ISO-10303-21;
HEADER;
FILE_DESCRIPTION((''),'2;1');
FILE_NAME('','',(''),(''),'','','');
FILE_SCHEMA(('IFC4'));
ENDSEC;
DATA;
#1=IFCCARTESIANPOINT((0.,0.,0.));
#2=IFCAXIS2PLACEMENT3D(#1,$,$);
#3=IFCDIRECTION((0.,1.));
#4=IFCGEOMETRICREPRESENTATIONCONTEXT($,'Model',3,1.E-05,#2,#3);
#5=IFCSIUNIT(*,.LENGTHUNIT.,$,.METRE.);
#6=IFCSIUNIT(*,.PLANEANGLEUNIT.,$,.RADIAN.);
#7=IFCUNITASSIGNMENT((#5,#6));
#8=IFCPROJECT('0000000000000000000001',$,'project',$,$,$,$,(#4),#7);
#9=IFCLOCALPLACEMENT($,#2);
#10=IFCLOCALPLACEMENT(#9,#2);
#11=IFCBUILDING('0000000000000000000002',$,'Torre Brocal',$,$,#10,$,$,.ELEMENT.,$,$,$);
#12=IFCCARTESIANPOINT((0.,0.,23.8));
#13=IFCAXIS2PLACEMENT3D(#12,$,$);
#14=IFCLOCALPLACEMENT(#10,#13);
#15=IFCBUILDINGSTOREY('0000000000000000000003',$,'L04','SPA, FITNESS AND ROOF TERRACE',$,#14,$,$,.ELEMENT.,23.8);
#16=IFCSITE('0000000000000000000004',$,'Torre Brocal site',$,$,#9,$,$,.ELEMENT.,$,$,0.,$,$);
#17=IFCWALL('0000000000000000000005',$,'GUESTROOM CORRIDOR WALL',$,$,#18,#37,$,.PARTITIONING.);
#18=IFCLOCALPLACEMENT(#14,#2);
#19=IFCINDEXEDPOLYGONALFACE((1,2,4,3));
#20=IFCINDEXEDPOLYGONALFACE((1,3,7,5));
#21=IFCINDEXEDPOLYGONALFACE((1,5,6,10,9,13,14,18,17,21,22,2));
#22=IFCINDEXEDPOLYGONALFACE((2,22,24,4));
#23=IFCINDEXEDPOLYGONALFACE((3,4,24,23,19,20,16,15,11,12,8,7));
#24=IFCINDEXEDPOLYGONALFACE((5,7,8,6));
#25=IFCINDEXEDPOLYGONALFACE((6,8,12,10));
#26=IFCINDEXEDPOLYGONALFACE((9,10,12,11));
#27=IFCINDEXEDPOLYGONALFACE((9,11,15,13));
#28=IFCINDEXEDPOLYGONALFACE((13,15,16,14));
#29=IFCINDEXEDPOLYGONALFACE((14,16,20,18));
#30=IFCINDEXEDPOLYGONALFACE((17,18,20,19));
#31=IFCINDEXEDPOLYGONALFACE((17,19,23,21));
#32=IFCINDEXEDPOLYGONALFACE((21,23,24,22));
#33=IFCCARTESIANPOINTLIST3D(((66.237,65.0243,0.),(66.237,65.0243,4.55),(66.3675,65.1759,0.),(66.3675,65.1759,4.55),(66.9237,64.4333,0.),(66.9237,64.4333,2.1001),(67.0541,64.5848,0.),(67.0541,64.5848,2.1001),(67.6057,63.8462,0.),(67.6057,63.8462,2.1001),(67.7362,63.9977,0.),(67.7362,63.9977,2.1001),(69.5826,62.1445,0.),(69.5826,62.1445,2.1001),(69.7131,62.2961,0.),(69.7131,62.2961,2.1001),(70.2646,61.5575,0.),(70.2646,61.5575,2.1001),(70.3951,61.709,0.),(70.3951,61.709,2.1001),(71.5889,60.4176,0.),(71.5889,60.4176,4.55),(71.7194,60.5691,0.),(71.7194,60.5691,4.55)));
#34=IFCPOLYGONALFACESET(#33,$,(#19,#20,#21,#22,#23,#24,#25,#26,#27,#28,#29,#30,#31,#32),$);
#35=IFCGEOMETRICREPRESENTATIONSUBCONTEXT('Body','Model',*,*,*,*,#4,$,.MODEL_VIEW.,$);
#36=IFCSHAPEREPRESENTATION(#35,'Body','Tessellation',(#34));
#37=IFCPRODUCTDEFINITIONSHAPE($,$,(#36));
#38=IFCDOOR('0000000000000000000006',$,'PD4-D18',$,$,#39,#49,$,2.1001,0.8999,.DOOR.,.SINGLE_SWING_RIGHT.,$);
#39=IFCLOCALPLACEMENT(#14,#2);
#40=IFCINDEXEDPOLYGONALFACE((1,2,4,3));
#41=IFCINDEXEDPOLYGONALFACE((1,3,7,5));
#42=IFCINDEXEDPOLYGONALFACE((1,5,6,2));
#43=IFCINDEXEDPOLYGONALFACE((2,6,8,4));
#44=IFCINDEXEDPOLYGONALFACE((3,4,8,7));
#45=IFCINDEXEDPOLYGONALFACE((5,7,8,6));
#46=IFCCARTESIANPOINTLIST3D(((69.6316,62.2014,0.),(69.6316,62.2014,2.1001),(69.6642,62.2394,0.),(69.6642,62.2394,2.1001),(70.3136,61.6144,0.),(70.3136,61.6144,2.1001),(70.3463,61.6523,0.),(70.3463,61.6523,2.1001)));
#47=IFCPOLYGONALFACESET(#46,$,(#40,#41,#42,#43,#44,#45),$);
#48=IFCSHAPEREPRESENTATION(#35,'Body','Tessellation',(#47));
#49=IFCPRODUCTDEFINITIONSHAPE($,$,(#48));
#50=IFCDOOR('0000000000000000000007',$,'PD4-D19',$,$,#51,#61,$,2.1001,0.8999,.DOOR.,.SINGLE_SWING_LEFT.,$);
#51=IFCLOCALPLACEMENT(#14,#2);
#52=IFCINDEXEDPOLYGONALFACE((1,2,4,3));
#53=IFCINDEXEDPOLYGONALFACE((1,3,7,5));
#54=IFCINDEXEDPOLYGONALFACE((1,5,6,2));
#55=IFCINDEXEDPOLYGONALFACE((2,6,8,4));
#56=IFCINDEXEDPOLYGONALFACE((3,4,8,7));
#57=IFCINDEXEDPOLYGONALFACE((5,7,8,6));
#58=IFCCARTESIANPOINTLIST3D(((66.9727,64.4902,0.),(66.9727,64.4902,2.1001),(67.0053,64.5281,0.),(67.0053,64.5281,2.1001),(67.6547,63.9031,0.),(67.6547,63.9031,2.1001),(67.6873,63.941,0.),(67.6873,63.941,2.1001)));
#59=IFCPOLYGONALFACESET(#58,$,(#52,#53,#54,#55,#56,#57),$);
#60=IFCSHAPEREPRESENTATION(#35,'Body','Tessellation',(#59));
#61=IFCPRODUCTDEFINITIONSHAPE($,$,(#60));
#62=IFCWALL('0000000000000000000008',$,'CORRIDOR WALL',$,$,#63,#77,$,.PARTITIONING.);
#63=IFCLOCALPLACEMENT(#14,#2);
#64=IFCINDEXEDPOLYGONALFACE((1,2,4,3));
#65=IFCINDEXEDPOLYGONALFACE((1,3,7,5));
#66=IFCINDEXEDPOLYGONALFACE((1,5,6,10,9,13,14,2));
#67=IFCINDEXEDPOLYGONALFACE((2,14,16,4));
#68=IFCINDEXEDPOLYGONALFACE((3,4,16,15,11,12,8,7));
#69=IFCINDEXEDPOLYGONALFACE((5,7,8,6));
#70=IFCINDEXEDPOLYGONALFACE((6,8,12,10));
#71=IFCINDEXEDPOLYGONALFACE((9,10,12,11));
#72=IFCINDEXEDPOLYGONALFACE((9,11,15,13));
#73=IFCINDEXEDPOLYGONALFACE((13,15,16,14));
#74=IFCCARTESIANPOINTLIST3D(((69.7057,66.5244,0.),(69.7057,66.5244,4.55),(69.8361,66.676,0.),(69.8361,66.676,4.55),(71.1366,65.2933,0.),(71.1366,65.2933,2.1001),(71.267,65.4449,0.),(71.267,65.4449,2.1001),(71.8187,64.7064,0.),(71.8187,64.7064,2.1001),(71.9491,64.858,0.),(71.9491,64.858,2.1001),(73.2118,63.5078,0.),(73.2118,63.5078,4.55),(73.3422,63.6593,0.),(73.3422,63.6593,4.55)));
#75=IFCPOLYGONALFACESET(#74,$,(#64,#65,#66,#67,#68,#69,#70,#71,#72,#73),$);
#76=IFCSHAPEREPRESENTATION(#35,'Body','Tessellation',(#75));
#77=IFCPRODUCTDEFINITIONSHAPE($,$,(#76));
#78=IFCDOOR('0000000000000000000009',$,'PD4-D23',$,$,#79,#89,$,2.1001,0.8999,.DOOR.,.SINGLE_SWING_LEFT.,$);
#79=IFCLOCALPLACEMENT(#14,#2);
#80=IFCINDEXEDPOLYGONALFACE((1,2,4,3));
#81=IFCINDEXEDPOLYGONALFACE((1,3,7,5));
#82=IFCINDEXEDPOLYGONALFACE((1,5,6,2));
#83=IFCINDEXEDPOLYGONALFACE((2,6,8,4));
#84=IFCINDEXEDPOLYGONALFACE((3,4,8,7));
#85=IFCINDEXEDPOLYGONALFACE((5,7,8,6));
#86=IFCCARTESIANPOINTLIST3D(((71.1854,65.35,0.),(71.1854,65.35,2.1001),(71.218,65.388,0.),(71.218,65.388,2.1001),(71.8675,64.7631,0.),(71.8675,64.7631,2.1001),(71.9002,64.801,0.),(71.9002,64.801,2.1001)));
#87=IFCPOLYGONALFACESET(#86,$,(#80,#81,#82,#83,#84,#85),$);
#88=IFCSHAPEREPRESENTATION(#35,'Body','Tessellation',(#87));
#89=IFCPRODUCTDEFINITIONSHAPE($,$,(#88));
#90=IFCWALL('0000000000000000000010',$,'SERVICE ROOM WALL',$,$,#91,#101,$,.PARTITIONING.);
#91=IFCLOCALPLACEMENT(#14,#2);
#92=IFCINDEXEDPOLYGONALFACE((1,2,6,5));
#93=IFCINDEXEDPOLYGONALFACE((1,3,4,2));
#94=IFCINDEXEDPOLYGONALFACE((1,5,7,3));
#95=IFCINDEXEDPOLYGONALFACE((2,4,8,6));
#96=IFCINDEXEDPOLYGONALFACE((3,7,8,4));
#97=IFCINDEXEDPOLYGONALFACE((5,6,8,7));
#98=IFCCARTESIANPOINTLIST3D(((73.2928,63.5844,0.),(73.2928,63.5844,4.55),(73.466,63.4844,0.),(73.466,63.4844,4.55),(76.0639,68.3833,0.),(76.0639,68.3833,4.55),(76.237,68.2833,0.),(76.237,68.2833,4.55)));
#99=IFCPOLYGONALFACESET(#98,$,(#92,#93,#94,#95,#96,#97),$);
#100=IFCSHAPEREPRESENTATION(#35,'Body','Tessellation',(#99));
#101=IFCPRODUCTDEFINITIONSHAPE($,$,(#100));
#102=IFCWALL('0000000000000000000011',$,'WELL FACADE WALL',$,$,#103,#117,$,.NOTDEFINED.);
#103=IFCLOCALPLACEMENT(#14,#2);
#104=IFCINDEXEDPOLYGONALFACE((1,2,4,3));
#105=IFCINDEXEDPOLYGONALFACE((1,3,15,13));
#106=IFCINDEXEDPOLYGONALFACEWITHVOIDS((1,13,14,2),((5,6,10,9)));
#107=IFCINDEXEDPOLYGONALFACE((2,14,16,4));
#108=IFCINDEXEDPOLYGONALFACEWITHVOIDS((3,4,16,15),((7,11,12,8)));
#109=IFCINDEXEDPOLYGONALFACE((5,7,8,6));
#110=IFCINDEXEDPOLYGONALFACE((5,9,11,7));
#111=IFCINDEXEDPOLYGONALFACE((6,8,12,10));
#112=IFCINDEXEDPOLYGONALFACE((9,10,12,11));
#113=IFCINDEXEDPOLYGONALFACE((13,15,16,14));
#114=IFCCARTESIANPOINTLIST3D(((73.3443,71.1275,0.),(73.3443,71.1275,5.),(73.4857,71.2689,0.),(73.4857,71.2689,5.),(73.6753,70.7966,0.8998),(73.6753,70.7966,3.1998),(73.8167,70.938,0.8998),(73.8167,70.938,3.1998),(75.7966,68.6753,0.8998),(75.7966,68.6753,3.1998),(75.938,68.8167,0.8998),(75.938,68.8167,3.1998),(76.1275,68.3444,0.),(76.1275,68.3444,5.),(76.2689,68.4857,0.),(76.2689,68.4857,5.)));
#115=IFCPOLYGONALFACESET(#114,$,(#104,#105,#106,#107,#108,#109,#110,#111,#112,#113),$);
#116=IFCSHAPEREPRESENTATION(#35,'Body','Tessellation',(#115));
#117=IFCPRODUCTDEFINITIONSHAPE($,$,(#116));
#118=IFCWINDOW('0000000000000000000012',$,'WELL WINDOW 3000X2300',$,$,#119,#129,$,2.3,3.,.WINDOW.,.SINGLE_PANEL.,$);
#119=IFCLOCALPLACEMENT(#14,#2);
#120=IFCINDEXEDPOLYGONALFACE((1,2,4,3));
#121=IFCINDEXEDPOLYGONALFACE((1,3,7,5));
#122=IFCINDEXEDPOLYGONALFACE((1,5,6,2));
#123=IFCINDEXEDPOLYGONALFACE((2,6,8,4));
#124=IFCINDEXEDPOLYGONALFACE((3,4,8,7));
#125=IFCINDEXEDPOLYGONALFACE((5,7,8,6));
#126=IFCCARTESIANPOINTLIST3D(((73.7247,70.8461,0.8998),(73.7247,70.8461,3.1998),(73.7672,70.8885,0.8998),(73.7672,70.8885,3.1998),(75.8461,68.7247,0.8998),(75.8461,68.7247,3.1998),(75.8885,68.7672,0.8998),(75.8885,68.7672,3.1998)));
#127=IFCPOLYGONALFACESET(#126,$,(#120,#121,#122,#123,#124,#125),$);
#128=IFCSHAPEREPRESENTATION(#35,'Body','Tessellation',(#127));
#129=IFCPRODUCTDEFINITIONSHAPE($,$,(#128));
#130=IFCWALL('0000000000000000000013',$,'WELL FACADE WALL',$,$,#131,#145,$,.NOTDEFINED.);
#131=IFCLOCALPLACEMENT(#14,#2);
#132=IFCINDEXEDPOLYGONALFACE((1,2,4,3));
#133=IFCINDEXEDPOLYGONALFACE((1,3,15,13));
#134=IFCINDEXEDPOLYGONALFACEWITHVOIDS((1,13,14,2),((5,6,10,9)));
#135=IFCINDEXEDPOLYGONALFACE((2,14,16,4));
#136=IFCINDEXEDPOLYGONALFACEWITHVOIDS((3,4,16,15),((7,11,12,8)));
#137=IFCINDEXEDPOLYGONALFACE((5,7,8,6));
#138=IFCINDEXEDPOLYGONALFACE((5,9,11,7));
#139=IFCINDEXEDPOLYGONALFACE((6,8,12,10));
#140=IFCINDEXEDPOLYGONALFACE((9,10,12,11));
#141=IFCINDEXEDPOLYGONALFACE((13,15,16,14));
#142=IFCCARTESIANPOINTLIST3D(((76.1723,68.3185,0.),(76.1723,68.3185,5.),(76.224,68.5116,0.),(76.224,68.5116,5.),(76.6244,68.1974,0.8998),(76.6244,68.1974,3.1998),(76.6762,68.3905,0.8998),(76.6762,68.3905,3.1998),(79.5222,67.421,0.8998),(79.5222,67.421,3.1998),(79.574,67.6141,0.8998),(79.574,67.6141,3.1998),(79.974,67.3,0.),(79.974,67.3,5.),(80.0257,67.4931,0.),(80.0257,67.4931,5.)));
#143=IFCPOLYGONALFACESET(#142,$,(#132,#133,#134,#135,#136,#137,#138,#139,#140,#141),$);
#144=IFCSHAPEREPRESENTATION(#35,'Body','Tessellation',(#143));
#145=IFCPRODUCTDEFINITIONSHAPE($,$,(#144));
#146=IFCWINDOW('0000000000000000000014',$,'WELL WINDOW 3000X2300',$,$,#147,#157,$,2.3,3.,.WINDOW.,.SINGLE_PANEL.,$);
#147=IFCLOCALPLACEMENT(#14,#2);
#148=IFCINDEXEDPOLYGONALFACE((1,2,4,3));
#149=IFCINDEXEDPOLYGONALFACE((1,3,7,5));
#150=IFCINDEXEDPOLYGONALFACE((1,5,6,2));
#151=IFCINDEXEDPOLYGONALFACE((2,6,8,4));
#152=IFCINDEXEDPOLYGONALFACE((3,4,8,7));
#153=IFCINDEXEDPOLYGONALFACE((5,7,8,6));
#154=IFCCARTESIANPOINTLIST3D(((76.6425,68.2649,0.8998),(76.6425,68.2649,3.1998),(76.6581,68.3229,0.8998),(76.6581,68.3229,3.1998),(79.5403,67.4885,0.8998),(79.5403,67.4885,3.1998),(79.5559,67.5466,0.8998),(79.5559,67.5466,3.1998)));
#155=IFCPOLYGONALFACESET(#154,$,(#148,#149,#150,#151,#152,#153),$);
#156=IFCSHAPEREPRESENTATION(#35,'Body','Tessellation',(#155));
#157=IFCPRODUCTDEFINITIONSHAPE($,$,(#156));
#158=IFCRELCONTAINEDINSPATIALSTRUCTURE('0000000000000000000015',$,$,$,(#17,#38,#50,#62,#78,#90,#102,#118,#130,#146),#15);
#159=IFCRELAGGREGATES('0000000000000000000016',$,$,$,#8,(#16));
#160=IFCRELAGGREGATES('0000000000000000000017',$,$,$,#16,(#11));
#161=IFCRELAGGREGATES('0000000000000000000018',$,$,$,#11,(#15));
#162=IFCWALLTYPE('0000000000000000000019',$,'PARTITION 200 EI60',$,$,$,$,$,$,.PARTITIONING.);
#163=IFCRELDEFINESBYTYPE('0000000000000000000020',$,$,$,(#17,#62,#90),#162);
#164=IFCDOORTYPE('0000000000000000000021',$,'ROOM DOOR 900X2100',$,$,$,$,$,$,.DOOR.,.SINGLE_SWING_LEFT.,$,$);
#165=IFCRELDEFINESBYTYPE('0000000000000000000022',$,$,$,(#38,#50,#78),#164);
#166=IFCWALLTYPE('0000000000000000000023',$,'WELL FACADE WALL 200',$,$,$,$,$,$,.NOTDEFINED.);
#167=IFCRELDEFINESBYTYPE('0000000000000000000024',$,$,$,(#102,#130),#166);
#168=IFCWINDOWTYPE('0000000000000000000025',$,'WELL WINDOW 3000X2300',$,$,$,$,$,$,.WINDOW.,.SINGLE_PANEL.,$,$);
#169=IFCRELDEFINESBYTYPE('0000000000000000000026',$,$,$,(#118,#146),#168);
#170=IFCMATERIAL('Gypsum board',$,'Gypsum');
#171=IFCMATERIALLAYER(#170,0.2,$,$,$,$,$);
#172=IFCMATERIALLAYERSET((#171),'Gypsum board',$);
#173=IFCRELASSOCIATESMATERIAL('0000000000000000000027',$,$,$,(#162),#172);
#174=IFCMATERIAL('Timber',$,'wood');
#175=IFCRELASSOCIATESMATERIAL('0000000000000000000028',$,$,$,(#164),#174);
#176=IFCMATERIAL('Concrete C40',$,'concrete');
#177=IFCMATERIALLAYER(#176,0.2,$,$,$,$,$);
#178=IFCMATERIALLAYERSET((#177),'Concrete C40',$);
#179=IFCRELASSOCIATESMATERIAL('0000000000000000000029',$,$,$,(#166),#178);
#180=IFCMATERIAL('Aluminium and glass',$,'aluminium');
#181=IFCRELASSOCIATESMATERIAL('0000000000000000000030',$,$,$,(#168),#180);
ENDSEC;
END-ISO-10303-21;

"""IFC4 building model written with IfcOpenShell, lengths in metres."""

from ifc_helpers import new_model, si_unit, direction, frame, frame_2d, origin, place, context, subcontext, project, spatial, rectangle, extrude, material, layer, layer_set, type_object, element, fill, save


model = new_model("IFC4")

# Units and contexts
model_context = context("Model", 3, precision=1e-05, world=origin(), true_north=direction((0.0, 1.0)))
body_context = subcontext(model_context, "Body", "Model", "MODEL_VIEW")
ifc_project = project(units=[si_unit("LENGTHUNIT", "METRE"), si_unit("PLANEANGLEUNIT", "RADIAN")], contexts=[model_context])

# Site, building, storey
site_placement = place(None, origin())
site = spatial("IfcSite", under=ifc_project, at=site_placement, Name="Torre Brocal site", CompositionType="ELEMENT", RefElevation=0.0)
building_placement = place(site_placement, origin())
building = spatial("IfcBuilding", under=site, at=building_placement, Name="Torre Brocal", CompositionType="ELEMENT")
storey_placement = place(building_placement, frame((0.0, 0.0, 23.8)))
storey = spatial("IfcBuildingStorey", under=building, at=storey_placement, Name="L04", Description="SPA, FITNESS AND ROOF TERRACE", CompositionType="ELEMENT", Elevation=23.8)

# Shared definitions
ifc_material_1 = material(Name="Gypsum board", Category="Gypsum")
ifc_layer_1 = layer(ifc_material_1, 0.2)
ifc_layer_set_1 = layer_set([ifc_layer_1], Name="Gypsum board")
wall_type_1 = type_object("IfcWallType", Name="PARTITION 200 EI60", PredefinedType="PARTITIONING", material=ifc_layer_set_1)

# Wall, openings, doors
wall_1_placement = place(storey_placement, frame((66.3022, 65.1001, 0.0), z_axis=(0.0, 0.0, 1.0), x_axis=(0.757896, -0.652376, 0.0)))
wall_1 = element("IfcWall", 1, at=wall_1_placement, inside=storey, type_object=wall_type_1, Name="GUESTROOM CORRIDOR WALL", PredefinedType="PARTITIONING", context=body_context, shape_type="SweptSolid", body=[
    extrude(rectangle(XDim=7.0615, YDim=0.2, at=frame_2d((3.5308, 0.0))), origin(), (0.0, 0.0, 1.0), 4.55),
])
opening_1_placement = place(wall_1_placement, frame((4.4143, 0.0, 0.0)))
opening_1 = element("IfcOpeningElement", 2, at=opening_1_placement, cuts=wall_1, PredefinedType="OPENING", context=body_context, shape_type="SweptSolid", body=[
    extrude(rectangle(XDim=0.8999, YDim=2.1001, at=frame_2d((0.45, 1.05))), frame((0.0, 0.1099, 0.0), z_axis=(0.0, -1.0, 0.0), x_axis=(1.0, 0.0, 0.0)), (0.0, 0.0, 1.0), 0.22),
])
opening_2_placement = place(wall_1_placement, frame((0.906, 0.0, 0.0)))
opening_2 = element("IfcOpeningElement", 3, at=opening_2_placement, cuts=wall_1, PredefinedType="OPENING", context=body_context, shape_type="SweptSolid", body=[
    extrude(rectangle(XDim=0.8999, YDim=2.1001, at=frame_2d((0.45, 1.05))), frame((0.0, 0.1099, 0.0), z_axis=(0.0, -1.0, 0.0), x_axis=(1.0, 0.0, 0.0)), (0.0, 0.0, 1.0), 0.22),
])
ifc_material_2 = material(Name="Timber", Category="wood")
door_type_1 = type_object("IfcDoorType", Name="ROOM DOOR 900X2100", OperationType="SINGLE_SWING_LEFT", PredefinedType="DOOR", material=ifc_material_2)
door_1_placement = place(opening_1_placement, frame((0.8999, 0.0, 0.0), z_axis=(0.0, 0.0, 1.0), x_axis=(-1.0, 0.0, 0.0)))
door_1 = element("IfcDoor", 4, at=door_1_placement, inside=storey, type_object=door_type_1, Name="PD4-D18", OperationType="SINGLE_SWING_RIGHT", OverallHeight=2.1001, OverallWidth=0.8999, PredefinedType="DOOR", context=body_context, shape_type="SweptSolid", body=[
    extrude(rectangle(XDim=0.8999, YDim=2.1001, at=frame_2d((0.45, 1.05))), frame((0.0, 0.0249, 0.0), z_axis=(0.0, -1.0, 0.0), x_axis=(1.0, 0.0, 0.0)), (0.0, 0.0, 1.0), 0.05),
])
fill(opening_1, door_1)
door_2_placement = place(opening_2_placement, frame((0.8999, 0.0, 0.0), z_axis=(0.0, 0.0, 1.0), x_axis=(-1.0, 0.0, 0.0)))
door_2 = element("IfcDoor", 5, at=door_2_placement, inside=storey, type_object=door_type_1, Name="PD4-D19", OperationType="SINGLE_SWING_LEFT", OverallHeight=2.1001, OverallWidth=0.8999, PredefinedType="DOOR", context=body_context, shape_type="SweptSolid", body=[
    extrude(rectangle(XDim=0.8999, YDim=2.1001, at=frame_2d((0.45, 1.05))), frame((0.0, 0.0249, 0.0), z_axis=(0.0, -1.0, 0.0), x_axis=(1.0, 0.0, 0.0)), (0.0, 0.0, 1.0), 0.05),
])
fill(opening_2, door_2)

# Wall, opening, door
wall_2_placement = place(storey_placement, frame((69.771, 66.6001, 0.0), z_axis=(0.0, 0.0, 1.0), x_axis=(0.758041, -0.652207, 0.0)))
wall_2 = element("IfcWall", 6, at=wall_2_placement, inside=storey, type_object=wall_type_1, Name="CORRIDOR WALL", PredefinedType="PARTITIONING", context=body_context, shape_type="SweptSolid", body=[
    extrude(rectangle(XDim=4.6252, YDim=0.2, at=frame_2d((2.3125, 0.0))), origin(), (0.0, 0.0, 1.0), 4.55),
])
opening_3_placement = place(wall_2_placement, frame((1.8875, 0.0, 0.0)))
opening_3 = element("IfcOpeningElement", 7, at=opening_3_placement, cuts=wall_2, PredefinedType="OPENING", context=body_context, shape_type="SweptSolid", body=[
    extrude(rectangle(XDim=0.8999, YDim=2.1001, at=frame_2d((0.45, 1.05))), frame((0.0, 0.1099, 0.0), z_axis=(0.0, -1.0, 0.0), x_axis=(1.0, 0.0, 0.0)), (0.0, 0.0, 1.0), 0.22),
])
door_3_placement = place(opening_3_placement, origin())
door_3 = element("IfcDoor", 8, at=door_3_placement, inside=storey, type_object=door_type_1, Name="PD4-D23", OperationType="SINGLE_SWING_LEFT", OverallHeight=2.1001, OverallWidth=0.8999, PredefinedType="DOOR", context=body_context, shape_type="SweptSolid", body=[
    extrude(rectangle(XDim=0.8999, YDim=2.1001, at=frame_2d((0.45, 1.05))), frame((0.0, 0.0249, 0.0), z_axis=(0.0, -1.0, 0.0), x_axis=(1.0, 0.0, 0.0)), (0.0, 0.0, 1.0), 0.05),
])
fill(opening_3, door_3)

# Wall
wall_3_placement = place(storey_placement, frame((73.3794, 63.5344, 0.0), z_axis=(0.0, 0.0, 1.0), x_axis=(0.500053, 0.865995, 0.0)))
element("IfcWall", 9, at=wall_3_placement, inside=storey, type_object=wall_type_1, Name="SERVICE ROOM WALL", PredefinedType="PARTITIONING", context=body_context, shape_type="SweptSolid", body=[
    extrude(rectangle(XDim=5.5415, YDim=0.2, at=frame_2d((2.7708, 0.0))), origin(), (0.0, 0.0, 1.0), 4.55),
])

# Walls, openings, windows
ifc_material_3 = material(Name="Concrete C40", Category="concrete")
ifc_layer_2 = layer(ifc_material_3, 0.2)
ifc_layer_set_2 = layer_set([ifc_layer_2], Name="Concrete C40")
wall_type_2 = type_object("IfcWallType", Name="WELL FACADE WALL 200", PredefinedType="NOTDEFINED", material=ifc_layer_set_2)
wall_4_placement = place(storey_placement, frame((73.415, 71.1982, 0.0), z_axis=(0.0, 0.0, 1.0), x_axis=(0.707107, -0.707107, 0.0)))
wall_4 = element("IfcWall", 10, at=wall_4_placement, inside=storey, type_object=wall_type_2, Name="WELL FACADE WALL", PredefinedType="NOTDEFINED", context=body_context, shape_type="SweptSolid", body=[
    extrude(rectangle(XDim=3.936, YDim=0.2, at=frame_2d((1.968, 0.0))), origin(), (0.0, 0.0, 1.0), 5.0),
])
opening_4_placement = place(wall_4_placement, frame((0.468, 0.0, 0.8999)))
opening_4 = element("IfcOpeningElement", 11, at=opening_4_placement, cuts=wall_4, PredefinedType="OPENING", context=body_context, shape_type="SweptSolid", body=[
    extrude(rectangle(XDim=3.0, YDim=2.3, at=frame_2d((1.5, 1.1499))), frame((0.0, 0.1099, 0.0), z_axis=(0.0, -1.0, 0.0), x_axis=(1.0, 0.0, 0.0)), (0.0, 0.0, 1.0), 0.22),
])
ifc_material_4 = material(Name="Aluminium and glass", Category="aluminium")
window_type = type_object("IfcWindowType", Name="WELL WINDOW 3000X2300", PartitioningType="SINGLE_PANEL", PredefinedType="WINDOW", material=ifc_material_4)
window_1_placement = place(opening_4_placement, origin())
window_1 = element("IfcWindow", 12, at=window_1_placement, inside=storey, type_object=window_type, Name="WELL WINDOW 3000X2300", OverallHeight=2.3, OverallWidth=3.0, PartitioningType="SINGLE_PANEL", PredefinedType="WINDOW", context=body_context, shape_type="SweptSolid", body=[
    extrude(rectangle(XDim=3.0, YDim=2.3, at=frame_2d((1.5, 1.1499))), frame((0.0, 0.03, 0.0), z_axis=(0.0, -1.0, 0.0), x_axis=(1.0, 0.0, 0.0)), (0.0, 0.0, 1.0), 0.0601),
])
fill(opening_4, window_1)
wall_5_placement = place(storey_placement, frame((76.1982, 68.415, 0.0), z_axis=(0.0, 0.0, 1.0), x_axis=(0.965934, -0.25879, 0.0)))
wall_5 = element("IfcWall", 13, at=wall_5_placement, inside=storey, type_object=wall_type_2, Name="WELL FACADE WALL", PredefinedType="NOTDEFINED", context=body_context, shape_type="SweptSolid", body=[
    extrude(rectangle(XDim=3.9358, YDim=0.2, at=frame_2d((1.9678, 0.0))), origin(), (0.0, 0.0, 1.0), 5.0),
])
opening_5_placement = place(wall_5_placement, frame((0.468, 0.0, 0.8999)))
opening_5 = element("IfcOpeningElement", 14, at=opening_5_placement, cuts=wall_5, PredefinedType="OPENING", context=body_context, shape_type="SweptSolid", body=[
    extrude(rectangle(XDim=3.0, YDim=2.3, at=frame_2d((1.5, 1.1499))), frame((0.0, 0.1099, 0.0), z_axis=(0.0, -1.0, 0.0), x_axis=(1.0, 0.0, 0.0)), (0.0, 0.0, 1.0), 0.22),
])
window_2_placement = place(opening_5_placement, origin())
window_2 = element("IfcWindow", 15, at=window_2_placement, inside=storey, type_object=window_type, Name="WELL WINDOW 3000X2300", OverallHeight=2.3, OverallWidth=3.0, PartitioningType="SINGLE_PANEL", PredefinedType="WINDOW", context=body_context, shape_type="SweptSolid", body=[
    extrude(rectangle(XDim=3.0, YDim=2.3, at=frame_2d((1.5, 1.1499))), frame((0.0, 0.03, 0.0), z_axis=(0.0, -1.0, 0.0), x_axis=(1.0, 0.0, 0.0)), (0.0, 0.0, 1.0), 0.0601),
])
fill(opening_5, window_2)

save(model, "model.ifc")
